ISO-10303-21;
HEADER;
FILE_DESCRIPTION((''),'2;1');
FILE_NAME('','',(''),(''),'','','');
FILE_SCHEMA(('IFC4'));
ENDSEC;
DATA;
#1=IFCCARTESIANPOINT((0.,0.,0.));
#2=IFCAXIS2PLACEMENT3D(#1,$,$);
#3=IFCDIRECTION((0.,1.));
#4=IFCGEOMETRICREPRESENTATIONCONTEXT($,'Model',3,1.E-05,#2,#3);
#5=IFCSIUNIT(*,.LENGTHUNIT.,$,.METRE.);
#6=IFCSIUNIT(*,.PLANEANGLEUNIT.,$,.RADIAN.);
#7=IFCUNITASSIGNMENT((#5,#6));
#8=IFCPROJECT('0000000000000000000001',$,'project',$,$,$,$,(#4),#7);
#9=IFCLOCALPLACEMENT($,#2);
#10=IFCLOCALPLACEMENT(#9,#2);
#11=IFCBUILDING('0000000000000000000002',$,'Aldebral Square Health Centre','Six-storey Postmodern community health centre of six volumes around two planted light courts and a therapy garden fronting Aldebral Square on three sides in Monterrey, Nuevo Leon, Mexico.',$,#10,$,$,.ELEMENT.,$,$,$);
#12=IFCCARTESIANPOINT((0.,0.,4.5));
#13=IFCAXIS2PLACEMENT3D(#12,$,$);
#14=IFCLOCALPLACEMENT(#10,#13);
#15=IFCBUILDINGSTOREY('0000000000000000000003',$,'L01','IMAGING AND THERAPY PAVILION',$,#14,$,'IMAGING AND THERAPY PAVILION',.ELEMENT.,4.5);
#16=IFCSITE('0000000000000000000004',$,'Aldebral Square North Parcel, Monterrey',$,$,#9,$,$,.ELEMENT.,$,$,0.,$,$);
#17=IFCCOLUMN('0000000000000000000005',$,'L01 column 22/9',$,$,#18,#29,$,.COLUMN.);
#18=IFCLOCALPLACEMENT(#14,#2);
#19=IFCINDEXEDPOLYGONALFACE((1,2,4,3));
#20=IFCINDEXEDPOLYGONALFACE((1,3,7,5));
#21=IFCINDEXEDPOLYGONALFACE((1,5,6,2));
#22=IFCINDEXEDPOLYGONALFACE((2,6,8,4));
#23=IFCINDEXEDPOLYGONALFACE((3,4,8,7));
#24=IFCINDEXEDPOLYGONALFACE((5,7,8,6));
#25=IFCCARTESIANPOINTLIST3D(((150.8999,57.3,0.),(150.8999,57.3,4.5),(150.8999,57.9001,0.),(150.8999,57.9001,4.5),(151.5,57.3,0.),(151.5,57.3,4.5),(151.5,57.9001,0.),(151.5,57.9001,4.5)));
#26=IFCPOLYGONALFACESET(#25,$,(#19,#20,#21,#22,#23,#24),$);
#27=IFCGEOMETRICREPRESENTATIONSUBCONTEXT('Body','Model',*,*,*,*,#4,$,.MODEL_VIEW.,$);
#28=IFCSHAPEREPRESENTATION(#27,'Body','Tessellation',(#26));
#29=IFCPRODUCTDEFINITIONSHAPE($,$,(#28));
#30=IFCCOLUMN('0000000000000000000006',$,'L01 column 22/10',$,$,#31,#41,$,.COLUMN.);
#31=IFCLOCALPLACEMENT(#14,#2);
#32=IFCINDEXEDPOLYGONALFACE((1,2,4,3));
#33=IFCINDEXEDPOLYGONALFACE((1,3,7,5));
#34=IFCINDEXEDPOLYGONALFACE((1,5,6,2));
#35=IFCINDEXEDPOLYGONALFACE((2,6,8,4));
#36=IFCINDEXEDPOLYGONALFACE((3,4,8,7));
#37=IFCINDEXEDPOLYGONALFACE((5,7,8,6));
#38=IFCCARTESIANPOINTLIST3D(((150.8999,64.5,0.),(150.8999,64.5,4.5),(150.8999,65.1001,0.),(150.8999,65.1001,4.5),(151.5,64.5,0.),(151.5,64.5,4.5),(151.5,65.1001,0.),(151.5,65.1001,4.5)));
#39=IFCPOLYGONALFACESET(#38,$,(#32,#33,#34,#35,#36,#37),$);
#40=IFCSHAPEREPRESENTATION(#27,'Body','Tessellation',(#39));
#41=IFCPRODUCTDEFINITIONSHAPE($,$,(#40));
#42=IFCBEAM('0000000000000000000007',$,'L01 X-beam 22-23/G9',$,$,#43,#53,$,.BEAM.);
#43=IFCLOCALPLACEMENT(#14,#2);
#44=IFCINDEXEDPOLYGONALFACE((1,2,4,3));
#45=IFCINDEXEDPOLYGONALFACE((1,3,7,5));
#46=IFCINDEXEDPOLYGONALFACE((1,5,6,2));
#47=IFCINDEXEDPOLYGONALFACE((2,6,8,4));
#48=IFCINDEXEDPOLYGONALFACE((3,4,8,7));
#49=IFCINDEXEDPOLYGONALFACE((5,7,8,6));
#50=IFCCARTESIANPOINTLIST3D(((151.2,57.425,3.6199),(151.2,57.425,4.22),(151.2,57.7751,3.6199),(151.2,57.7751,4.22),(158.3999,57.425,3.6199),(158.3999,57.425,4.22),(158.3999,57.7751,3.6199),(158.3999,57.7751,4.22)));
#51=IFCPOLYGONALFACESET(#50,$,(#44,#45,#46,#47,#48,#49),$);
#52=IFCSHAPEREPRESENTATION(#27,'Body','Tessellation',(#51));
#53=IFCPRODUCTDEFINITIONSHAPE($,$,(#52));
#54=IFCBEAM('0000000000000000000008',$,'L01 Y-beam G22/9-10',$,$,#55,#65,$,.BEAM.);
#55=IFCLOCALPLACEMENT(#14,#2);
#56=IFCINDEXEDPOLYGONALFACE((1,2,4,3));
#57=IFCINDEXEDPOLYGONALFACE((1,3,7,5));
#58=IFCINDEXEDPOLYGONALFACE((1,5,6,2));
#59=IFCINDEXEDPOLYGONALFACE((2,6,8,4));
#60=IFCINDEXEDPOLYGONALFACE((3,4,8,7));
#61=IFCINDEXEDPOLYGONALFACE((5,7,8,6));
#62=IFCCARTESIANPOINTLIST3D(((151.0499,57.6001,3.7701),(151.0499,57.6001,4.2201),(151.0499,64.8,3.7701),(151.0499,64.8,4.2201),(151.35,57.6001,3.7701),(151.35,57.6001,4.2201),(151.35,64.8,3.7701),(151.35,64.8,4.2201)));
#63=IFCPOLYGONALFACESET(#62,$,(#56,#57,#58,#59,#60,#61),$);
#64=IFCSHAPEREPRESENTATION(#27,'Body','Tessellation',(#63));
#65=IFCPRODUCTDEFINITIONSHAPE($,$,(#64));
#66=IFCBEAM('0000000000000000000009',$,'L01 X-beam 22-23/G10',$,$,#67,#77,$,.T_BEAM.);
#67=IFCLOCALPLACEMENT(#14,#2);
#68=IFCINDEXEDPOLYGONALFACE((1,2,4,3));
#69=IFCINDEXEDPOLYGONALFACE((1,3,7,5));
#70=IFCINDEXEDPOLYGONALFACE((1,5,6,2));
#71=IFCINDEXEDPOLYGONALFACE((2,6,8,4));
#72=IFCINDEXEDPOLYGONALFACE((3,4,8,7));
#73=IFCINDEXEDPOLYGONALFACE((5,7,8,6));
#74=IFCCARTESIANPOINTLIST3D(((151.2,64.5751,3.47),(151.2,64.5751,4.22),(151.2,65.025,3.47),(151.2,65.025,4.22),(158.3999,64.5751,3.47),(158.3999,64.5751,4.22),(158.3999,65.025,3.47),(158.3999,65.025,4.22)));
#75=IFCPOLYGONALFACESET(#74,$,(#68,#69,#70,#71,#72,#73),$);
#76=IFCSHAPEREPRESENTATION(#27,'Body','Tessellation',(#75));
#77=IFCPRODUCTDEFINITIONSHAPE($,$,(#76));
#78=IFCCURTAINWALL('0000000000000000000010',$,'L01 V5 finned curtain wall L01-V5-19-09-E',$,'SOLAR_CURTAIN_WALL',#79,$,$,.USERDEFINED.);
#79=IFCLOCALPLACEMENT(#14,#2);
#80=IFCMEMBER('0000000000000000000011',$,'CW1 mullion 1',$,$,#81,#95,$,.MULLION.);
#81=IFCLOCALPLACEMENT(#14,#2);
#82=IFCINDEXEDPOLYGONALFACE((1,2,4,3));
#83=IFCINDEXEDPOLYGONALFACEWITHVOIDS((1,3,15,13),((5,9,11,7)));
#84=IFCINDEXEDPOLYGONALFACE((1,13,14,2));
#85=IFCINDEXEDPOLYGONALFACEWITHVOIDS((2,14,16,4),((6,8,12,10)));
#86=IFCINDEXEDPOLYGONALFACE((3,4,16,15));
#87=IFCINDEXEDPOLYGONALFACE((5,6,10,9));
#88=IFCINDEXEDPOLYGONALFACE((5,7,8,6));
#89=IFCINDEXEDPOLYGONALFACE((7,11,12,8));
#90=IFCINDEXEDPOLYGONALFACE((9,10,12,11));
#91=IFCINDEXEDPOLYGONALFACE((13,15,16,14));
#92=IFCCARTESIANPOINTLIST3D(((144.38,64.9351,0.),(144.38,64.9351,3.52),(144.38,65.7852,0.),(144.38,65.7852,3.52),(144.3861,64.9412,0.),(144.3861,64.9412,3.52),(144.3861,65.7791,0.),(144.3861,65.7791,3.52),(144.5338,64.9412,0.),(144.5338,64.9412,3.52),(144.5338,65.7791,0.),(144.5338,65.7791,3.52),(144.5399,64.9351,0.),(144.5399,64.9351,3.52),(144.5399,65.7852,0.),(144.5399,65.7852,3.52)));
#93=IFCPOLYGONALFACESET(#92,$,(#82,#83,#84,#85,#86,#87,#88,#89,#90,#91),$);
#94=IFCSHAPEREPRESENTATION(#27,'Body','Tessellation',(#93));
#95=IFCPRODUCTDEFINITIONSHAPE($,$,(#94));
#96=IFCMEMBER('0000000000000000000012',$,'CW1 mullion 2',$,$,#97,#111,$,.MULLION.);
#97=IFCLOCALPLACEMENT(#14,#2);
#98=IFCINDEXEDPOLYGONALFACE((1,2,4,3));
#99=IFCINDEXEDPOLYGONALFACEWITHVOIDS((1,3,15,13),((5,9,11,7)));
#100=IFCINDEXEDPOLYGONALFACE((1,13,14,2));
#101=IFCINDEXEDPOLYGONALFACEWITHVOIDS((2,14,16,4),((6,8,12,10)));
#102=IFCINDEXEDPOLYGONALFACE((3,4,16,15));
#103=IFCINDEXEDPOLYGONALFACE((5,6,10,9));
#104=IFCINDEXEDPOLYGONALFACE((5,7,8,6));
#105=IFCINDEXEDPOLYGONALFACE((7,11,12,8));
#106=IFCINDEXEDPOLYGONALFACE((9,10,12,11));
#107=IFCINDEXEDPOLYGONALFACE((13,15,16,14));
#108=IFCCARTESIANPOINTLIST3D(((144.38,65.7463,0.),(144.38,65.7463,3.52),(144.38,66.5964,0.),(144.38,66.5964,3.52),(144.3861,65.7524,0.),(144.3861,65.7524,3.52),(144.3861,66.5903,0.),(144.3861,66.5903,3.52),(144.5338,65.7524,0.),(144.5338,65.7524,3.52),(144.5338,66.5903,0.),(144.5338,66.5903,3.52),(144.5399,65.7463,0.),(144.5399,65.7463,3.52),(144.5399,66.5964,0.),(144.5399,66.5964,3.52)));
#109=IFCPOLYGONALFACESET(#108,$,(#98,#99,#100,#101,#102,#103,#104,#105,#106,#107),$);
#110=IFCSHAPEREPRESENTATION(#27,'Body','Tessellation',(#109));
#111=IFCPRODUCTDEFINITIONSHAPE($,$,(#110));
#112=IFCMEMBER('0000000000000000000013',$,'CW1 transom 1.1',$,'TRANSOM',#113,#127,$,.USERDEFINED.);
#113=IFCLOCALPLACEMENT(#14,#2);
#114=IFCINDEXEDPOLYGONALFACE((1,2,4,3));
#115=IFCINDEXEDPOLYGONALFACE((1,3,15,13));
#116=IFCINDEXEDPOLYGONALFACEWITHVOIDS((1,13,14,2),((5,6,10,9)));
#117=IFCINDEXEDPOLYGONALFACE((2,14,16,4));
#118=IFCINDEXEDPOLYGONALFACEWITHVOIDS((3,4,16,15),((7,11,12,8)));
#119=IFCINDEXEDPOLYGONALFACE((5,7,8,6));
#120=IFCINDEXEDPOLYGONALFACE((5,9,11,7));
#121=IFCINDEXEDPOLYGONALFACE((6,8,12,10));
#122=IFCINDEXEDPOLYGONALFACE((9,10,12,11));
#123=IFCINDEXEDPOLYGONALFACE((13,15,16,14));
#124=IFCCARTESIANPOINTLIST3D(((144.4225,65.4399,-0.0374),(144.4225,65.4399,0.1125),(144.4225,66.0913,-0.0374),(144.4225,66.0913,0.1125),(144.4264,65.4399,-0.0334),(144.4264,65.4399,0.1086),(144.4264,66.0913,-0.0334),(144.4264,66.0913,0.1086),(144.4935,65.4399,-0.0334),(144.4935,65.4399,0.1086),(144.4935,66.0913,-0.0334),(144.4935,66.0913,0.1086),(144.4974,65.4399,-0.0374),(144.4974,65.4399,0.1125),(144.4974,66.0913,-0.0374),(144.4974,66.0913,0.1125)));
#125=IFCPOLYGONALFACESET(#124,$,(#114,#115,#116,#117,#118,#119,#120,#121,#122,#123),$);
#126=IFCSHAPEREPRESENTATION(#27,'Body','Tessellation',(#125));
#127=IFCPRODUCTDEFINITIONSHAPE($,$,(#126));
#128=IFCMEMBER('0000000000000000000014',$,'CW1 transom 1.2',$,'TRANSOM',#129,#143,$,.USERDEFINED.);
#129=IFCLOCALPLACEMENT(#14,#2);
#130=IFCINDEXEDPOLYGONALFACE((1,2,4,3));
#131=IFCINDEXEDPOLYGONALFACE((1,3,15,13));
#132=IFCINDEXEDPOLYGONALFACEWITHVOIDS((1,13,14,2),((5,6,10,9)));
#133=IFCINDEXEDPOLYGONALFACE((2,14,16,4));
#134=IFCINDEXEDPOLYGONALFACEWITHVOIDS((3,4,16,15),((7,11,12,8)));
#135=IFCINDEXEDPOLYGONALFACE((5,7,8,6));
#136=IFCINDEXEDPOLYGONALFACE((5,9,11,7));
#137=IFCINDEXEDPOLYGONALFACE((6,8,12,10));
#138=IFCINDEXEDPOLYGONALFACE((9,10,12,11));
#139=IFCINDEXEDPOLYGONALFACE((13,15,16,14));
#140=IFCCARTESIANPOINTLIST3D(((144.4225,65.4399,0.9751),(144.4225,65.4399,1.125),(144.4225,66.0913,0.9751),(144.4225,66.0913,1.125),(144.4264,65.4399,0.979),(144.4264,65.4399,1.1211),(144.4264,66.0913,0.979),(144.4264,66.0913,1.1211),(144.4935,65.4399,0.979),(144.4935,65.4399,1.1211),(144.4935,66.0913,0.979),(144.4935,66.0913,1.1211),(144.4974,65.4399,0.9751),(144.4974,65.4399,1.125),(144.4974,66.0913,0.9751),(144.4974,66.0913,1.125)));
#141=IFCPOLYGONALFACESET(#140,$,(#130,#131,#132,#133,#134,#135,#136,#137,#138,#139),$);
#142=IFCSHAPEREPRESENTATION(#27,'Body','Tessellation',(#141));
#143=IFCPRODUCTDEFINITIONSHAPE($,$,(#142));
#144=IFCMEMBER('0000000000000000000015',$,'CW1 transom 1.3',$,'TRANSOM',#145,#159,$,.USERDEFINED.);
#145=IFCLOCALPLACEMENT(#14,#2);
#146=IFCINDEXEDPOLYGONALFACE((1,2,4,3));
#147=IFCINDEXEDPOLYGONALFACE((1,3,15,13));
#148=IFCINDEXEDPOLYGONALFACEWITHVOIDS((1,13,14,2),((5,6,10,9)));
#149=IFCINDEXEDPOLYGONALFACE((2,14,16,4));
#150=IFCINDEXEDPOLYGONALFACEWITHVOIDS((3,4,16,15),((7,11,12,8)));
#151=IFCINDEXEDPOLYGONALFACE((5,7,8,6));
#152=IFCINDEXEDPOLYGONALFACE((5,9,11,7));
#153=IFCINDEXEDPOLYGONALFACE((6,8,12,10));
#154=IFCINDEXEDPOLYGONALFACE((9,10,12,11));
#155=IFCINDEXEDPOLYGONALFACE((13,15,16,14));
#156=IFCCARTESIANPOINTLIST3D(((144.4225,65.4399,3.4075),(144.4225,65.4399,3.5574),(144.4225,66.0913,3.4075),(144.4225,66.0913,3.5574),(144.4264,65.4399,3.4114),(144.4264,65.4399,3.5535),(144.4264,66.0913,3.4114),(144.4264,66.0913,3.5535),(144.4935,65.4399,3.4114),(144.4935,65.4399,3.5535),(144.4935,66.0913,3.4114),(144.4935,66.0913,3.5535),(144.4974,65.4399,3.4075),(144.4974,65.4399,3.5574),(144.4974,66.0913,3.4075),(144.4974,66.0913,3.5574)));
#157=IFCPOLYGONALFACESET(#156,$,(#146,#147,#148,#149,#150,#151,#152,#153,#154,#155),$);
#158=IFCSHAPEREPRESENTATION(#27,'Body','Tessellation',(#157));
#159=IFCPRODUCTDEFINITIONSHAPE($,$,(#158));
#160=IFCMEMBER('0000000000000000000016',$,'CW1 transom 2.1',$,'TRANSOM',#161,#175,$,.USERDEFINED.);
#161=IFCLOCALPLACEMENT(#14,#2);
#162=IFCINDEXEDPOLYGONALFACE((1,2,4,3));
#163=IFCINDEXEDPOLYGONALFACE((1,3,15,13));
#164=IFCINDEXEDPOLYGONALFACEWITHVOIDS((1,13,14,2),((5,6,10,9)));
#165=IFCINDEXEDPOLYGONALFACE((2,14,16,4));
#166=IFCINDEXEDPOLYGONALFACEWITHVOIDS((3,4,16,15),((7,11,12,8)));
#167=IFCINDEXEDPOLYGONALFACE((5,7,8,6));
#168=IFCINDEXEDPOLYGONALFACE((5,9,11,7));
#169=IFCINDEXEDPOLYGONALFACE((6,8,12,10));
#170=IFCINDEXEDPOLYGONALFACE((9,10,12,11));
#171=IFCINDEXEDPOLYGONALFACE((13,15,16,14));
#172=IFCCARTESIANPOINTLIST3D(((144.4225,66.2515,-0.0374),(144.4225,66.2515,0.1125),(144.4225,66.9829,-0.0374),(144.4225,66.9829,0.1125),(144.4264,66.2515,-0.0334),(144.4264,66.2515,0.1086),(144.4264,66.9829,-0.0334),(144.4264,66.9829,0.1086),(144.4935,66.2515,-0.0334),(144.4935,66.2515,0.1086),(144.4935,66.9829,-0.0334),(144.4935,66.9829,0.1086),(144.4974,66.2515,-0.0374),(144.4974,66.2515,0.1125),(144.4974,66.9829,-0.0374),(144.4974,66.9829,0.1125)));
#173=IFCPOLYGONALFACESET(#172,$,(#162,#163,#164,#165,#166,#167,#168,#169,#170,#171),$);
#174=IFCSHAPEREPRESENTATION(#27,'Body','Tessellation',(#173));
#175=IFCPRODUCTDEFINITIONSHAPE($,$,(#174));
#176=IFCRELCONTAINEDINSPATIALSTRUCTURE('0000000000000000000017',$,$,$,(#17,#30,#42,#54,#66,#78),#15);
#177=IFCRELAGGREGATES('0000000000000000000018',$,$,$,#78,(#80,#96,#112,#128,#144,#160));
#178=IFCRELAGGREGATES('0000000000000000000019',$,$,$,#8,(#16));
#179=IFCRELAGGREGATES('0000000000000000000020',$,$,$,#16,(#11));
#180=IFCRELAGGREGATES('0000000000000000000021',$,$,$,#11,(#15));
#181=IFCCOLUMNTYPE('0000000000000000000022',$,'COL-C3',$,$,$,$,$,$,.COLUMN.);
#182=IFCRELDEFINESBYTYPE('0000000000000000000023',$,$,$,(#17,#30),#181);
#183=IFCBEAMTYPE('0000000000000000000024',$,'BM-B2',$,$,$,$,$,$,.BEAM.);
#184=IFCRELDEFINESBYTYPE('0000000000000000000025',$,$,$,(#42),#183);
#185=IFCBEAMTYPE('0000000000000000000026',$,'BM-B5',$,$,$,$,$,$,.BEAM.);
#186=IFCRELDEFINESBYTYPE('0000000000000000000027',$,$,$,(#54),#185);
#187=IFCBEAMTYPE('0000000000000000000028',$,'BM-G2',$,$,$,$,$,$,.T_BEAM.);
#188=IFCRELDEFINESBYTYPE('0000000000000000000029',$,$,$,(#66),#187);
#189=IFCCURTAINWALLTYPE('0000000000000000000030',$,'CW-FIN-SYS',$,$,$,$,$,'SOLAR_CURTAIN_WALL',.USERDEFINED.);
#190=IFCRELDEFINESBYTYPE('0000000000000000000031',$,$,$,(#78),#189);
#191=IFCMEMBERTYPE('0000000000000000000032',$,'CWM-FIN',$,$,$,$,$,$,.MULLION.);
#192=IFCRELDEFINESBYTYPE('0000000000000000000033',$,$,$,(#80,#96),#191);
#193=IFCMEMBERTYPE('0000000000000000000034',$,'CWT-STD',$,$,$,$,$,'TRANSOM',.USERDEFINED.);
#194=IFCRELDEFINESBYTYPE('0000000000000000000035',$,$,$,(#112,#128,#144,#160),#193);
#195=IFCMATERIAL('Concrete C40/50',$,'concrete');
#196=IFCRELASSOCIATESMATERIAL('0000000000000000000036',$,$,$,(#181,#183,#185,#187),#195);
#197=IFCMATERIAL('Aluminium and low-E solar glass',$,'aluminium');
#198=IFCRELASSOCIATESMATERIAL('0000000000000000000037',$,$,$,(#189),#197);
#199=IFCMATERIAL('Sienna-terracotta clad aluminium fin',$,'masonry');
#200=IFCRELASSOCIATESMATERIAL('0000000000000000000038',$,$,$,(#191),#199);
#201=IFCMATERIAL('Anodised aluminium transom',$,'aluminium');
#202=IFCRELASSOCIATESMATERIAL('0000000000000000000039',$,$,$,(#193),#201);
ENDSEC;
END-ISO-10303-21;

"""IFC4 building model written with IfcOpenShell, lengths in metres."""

from ifc_helpers import new_model, si_unit, direction, frame, origin, origin_2d, place, context, subcontext, project, spatial, rectangle, hollow_rectangle, extrude, material, material_profile, profile_set, type_object, element, aggregate, save


model = new_model("IFC4")

# Units and contexts
model_context = context("Model", 3, precision=1e-05, world=origin(), true_north=direction((0.0, 1.0)))
body_context = subcontext(model_context, "Body", "Model", "MODEL_VIEW")
ifc_project = project(units=[si_unit("LENGTHUNIT", "METRE"), si_unit("PLANEANGLEUNIT", "RADIAN")], contexts=[model_context])

# Site, building, storey
site_placement = place(None, origin())
site = spatial("IfcSite", under=ifc_project, at=site_placement, Name="Aldebral Square North Parcel, Monterrey", CompositionType="ELEMENT", RefElevation=0.0)
building_placement = place(site_placement, origin())
building = spatial("IfcBuilding", under=site, at=building_placement, Name="Aldebral Square Health Centre", Description="Six-storey Postmodern community health centre of six volumes around two planted light courts and a therapy garden fronting Aldebral Square on three sides in Monterrey, Nuevo Leon, Mexico.", CompositionType="ELEMENT")
storey_placement = place(building_placement, frame((0.0, 0.0, 4.5)))
storey = spatial("IfcBuildingStorey", under=building, at=storey_placement, Name="L01", Description="IMAGING AND THERAPY PAVILION", LongName="IMAGING AND THERAPY PAVILION", CompositionType="ELEMENT", Elevation=4.5)

# Columns
ifc_material_1 = material(Name="Concrete C40/50", Category="concrete")
ifc_material_profile_1 = material_profile(ifc_material_1, rectangle(XDim=0.6001, YDim=0.6001, at=origin_2d()), Name="RC 600x600")
ifc_profile_set_1 = profile_set([ifc_material_profile_1], Name="Concrete C40/50")
column_type = type_object("IfcColumnType", Name="COL-C3", PredefinedType="COLUMN", material=ifc_profile_set_1)
for number, where, z_axis, x_axis, name in (
    (1, (151.2, 57.6001, 0.0), (0.0, 0.0, 1.0), (1.0, 0.0, 0.0), "L01 column 22/9"),
    (2, (151.2, 64.8, 0.0), (0.0, 0.0, 1.0), (1.0, 0.0, 0.0), "L01 column 22/10"),
):
    element("IfcColumn", number, at=place(storey_placement, frame(where, z_axis=z_axis, x_axis=x_axis)), inside=storey, type_object=column_type, Name=name, PredefinedType="COLUMN", context=body_context, shape_type="SweptSolid", body=[
        extrude(rectangle(XDim=0.6001, YDim=0.6001, at=origin_2d()), origin(), (0.0, 0.0, 1.0), 4.5),
    ])

# Beams
ifc_material_profile_2 = material_profile(ifc_material_1, rectangle(XDim=0.3501, YDim=0.6001, at=origin_2d()), Name="RC 350x600")
ifc_profile_set_2 = profile_set([ifc_material_profile_2], Name="Concrete C40/50")
beam_type_1 = type_object("IfcBeamType", Name="BM-B2", PredefinedType="BEAM", material=ifc_profile_set_2)
beam_1_placement = place(storey_placement, frame((151.2, 57.6001, 3.9199), z_axis=(1.0, 0.0, 0.0), x_axis=(0.0, 1.0, 0.0)))
element("IfcBeam", 3, at=beam_1_placement, inside=storey, type_object=beam_type_1, Name="L01 X-beam 22-23/G9", PredefinedType="BEAM", context=body_context, shape_type="SweptSolid", body=[
    extrude(rectangle(XDim=0.3501, YDim=0.6001, at=origin_2d()), origin(), (0.0, 0.0, 1.0), 7.2),
])
ifc_material_profile_3 = material_profile(ifc_material_1, rectangle(XDim=0.3, YDim=0.45, at=origin_2d()), Name="RC 300x450")
ifc_profile_set_3 = profile_set([ifc_material_profile_3], Name="Concrete C40/50")
beam_type_2 = type_object("IfcBeamType", Name="BM-B5", PredefinedType="BEAM", material=ifc_profile_set_3)
beam_2_placement = place(storey_placement, frame((151.2, 57.6001, 3.9951), z_axis=(0.0, 1.0, 0.0), x_axis=(-1.0, 0.0, 0.0)))
element("IfcBeam", 4, at=beam_2_placement, inside=storey, type_object=beam_type_2, Name="L01 Y-beam G22/9-10", PredefinedType="BEAM", context=body_context, shape_type="SweptSolid", body=[
    extrude(rectangle(XDim=0.3, YDim=0.45, at=origin_2d()), origin(), (0.0, 0.0, 1.0), 7.2),
])
ifc_material_profile_4 = material_profile(ifc_material_1, rectangle(XDim=0.45, YDim=0.75, at=origin_2d()), Name="RC 450x750")
ifc_profile_set_4 = profile_set([ifc_material_profile_4], Name="Concrete C40/50")
beam_type_3 = type_object("IfcBeamType", Name="BM-G2", PredefinedType="T_BEAM", material=ifc_profile_set_4)
beam_3_placement = place(storey_placement, frame((151.2, 64.8, 3.845), z_axis=(1.0, 0.0, 0.0), x_axis=(0.0, 1.0, 0.0)))
element("IfcBeam", 5, at=beam_3_placement, inside=storey, type_object=beam_type_3, Name="L01 X-beam 22-23/G10", PredefinedType="T_BEAM", context=body_context, shape_type="SweptSolid", body=[
    extrude(rectangle(XDim=0.45, YDim=0.75, at=origin_2d()), origin(), (0.0, 0.0, 1.0), 7.2),
])

# Curtain wall, members
ifc_material_2 = material(Name="Aluminium and low-E solar glass", Category="aluminium")
curtain_wall_type = type_object("IfcCurtainWallType", Name="CW-FIN-SYS", ElementType="SOLAR_CURTAIN_WALL", PredefinedType="USERDEFINED", material=ifc_material_2)
curtain_wall_placement = place(storey_placement, origin())
curtain_wall = element("IfcCurtainWall", 6, at=curtain_wall_placement, inside=storey, type_object=curtain_wall_type, Name="L01 V5 finned curtain wall L01-V5-19-09-E", ObjectType="SOLAR_CURTAIN_WALL", PredefinedType="USERDEFINED")
ifc_material_3 = material(Name="Sienna-terracotta clad aluminium fin", Category="masonry")
ifc_material_profile_5 = material_profile(ifc_material_3, hollow_rectangle(XDim=0.1599, YDim=0.8501, WallThickness=0.0061, at=origin_2d()), Name="FIN 160x850x6")
ifc_profile_set_5 = profile_set([ifc_material_profile_5], Name="Sienna-terracotta clad aluminium fin")
member_type_1 = type_object("IfcMemberType", Name="CWM-FIN", PredefinedType="MULLION", material=ifc_profile_set_5)
member_1_placement = place(storey_placement, frame((144.46, 65.3601, 0.0), z_axis=(0.0, 0.0, 1.0), x_axis=(-1.0, 0.0, 0.0)))
member_1 = element("IfcMember", 7, at=member_1_placement, type_object=member_type_1, Name="CW1 mullion 1", PredefinedType="MULLION", context=body_context, shape_type="SweptSolid", body=[
    extrude(hollow_rectangle(XDim=0.1599, YDim=0.8501, WallThickness=0.0061, at=origin_2d()), origin(), (0.0, 0.0, 1.0), 3.52),
])
member_2_placement = place(storey_placement, frame((144.46, 66.1714, 0.0), z_axis=(0.0, 0.0, 1.0), x_axis=(-1.0, 0.0, 0.0)))
member_2 = element("IfcMember", 8, at=member_2_placement, type_object=member_type_1, Name="CW1 mullion 2", PredefinedType="MULLION", context=body_context, shape_type="SweptSolid", body=[
    extrude(hollow_rectangle(XDim=0.1599, YDim=0.8501, WallThickness=0.0061, at=origin_2d()), origin(), (0.0, 0.0, 1.0), 3.52),
])
ifc_material_4 = material(Name="Anodised aluminium transom", Category="aluminium")
ifc_material_profile_6 = material_profile(ifc_material_4, hollow_rectangle(XDim=0.075, YDim=0.1499, WallThickness=0.0039, at=origin_2d()), Name="CWT 75x150x4")
ifc_profile_set_6 = profile_set([ifc_material_profile_6], Name="Anodised aluminium transom")
member_type_2 = type_object("IfcMemberType", Name="CWT-STD", ElementType="TRANSOM", PredefinedType="USERDEFINED", material=ifc_profile_set_6)
member_3_placement = place(storey_placement, frame((144.46, 65.4399, 0.0376), z_axis=(0.0, 1.0, 0.0), x_axis=(-1.0, 0.0, 0.0)))
member_3 = element("IfcMember", 9, at=member_3_placement, type_object=member_type_2, Name="CW1 transom 1.1", ObjectType="TRANSOM", PredefinedType="USERDEFINED", context=body_context, shape_type="SweptSolid", body=[
    extrude(hollow_rectangle(XDim=0.075, YDim=0.1499, WallThickness=0.0039, at=origin_2d()), origin(), (0.0, 0.0, 1.0), 0.6514),
])
member_4_placement = place(storey_placement, frame((144.46, 65.4399, 1.05), z_axis=(0.0, 1.0, 0.0), x_axis=(-1.0, 0.0, 0.0)))
member_4 = element("IfcMember", 10, at=member_4_placement, type_object=member_type_2, Name="CW1 transom 1.2", ObjectType="TRANSOM", PredefinedType="USERDEFINED", context=body_context, shape_type="SweptSolid", body=[
    extrude(hollow_rectangle(XDim=0.075, YDim=0.1499, WallThickness=0.0039, at=origin_2d()), origin(), (0.0, 0.0, 1.0), 0.6514),
])
member_5_placement = place(storey_placement, frame((144.46, 65.4399, 3.4824), z_axis=(0.0, 1.0, 0.0), x_axis=(-1.0, 0.0, 0.0)))
member_5 = element("IfcMember", 11, at=member_5_placement, type_object=member_type_2, Name="CW1 transom 1.3", ObjectType="TRANSOM", PredefinedType="USERDEFINED", context=body_context, shape_type="SweptSolid", body=[
    extrude(hollow_rectangle(XDim=0.075, YDim=0.1499, WallThickness=0.0039, at=origin_2d()), origin(), (0.0, 0.0, 1.0), 0.6514),
])
member_6_placement = place(storey_placement, frame((144.46, 66.2515, 0.0376), z_axis=(0.0, 1.0, 0.0), x_axis=(-1.0, 0.0, 0.0)))
member_6 = element("IfcMember", 12, at=member_6_placement, type_object=member_type_2, Name="CW1 transom 2.1", ObjectType="TRANSOM", PredefinedType="USERDEFINED", context=body_context, shape_type="SweptSolid", body=[
    extrude(hollow_rectangle(XDim=0.075, YDim=0.1499, WallThickness=0.0039, at=origin_2d()), origin(), (0.0, 0.0, 1.0), 0.7314),
])
aggregate(curtain_wall, [member_1, member_2, member_3, member_4, member_5, member_6])

save(model, "model.ifc")
